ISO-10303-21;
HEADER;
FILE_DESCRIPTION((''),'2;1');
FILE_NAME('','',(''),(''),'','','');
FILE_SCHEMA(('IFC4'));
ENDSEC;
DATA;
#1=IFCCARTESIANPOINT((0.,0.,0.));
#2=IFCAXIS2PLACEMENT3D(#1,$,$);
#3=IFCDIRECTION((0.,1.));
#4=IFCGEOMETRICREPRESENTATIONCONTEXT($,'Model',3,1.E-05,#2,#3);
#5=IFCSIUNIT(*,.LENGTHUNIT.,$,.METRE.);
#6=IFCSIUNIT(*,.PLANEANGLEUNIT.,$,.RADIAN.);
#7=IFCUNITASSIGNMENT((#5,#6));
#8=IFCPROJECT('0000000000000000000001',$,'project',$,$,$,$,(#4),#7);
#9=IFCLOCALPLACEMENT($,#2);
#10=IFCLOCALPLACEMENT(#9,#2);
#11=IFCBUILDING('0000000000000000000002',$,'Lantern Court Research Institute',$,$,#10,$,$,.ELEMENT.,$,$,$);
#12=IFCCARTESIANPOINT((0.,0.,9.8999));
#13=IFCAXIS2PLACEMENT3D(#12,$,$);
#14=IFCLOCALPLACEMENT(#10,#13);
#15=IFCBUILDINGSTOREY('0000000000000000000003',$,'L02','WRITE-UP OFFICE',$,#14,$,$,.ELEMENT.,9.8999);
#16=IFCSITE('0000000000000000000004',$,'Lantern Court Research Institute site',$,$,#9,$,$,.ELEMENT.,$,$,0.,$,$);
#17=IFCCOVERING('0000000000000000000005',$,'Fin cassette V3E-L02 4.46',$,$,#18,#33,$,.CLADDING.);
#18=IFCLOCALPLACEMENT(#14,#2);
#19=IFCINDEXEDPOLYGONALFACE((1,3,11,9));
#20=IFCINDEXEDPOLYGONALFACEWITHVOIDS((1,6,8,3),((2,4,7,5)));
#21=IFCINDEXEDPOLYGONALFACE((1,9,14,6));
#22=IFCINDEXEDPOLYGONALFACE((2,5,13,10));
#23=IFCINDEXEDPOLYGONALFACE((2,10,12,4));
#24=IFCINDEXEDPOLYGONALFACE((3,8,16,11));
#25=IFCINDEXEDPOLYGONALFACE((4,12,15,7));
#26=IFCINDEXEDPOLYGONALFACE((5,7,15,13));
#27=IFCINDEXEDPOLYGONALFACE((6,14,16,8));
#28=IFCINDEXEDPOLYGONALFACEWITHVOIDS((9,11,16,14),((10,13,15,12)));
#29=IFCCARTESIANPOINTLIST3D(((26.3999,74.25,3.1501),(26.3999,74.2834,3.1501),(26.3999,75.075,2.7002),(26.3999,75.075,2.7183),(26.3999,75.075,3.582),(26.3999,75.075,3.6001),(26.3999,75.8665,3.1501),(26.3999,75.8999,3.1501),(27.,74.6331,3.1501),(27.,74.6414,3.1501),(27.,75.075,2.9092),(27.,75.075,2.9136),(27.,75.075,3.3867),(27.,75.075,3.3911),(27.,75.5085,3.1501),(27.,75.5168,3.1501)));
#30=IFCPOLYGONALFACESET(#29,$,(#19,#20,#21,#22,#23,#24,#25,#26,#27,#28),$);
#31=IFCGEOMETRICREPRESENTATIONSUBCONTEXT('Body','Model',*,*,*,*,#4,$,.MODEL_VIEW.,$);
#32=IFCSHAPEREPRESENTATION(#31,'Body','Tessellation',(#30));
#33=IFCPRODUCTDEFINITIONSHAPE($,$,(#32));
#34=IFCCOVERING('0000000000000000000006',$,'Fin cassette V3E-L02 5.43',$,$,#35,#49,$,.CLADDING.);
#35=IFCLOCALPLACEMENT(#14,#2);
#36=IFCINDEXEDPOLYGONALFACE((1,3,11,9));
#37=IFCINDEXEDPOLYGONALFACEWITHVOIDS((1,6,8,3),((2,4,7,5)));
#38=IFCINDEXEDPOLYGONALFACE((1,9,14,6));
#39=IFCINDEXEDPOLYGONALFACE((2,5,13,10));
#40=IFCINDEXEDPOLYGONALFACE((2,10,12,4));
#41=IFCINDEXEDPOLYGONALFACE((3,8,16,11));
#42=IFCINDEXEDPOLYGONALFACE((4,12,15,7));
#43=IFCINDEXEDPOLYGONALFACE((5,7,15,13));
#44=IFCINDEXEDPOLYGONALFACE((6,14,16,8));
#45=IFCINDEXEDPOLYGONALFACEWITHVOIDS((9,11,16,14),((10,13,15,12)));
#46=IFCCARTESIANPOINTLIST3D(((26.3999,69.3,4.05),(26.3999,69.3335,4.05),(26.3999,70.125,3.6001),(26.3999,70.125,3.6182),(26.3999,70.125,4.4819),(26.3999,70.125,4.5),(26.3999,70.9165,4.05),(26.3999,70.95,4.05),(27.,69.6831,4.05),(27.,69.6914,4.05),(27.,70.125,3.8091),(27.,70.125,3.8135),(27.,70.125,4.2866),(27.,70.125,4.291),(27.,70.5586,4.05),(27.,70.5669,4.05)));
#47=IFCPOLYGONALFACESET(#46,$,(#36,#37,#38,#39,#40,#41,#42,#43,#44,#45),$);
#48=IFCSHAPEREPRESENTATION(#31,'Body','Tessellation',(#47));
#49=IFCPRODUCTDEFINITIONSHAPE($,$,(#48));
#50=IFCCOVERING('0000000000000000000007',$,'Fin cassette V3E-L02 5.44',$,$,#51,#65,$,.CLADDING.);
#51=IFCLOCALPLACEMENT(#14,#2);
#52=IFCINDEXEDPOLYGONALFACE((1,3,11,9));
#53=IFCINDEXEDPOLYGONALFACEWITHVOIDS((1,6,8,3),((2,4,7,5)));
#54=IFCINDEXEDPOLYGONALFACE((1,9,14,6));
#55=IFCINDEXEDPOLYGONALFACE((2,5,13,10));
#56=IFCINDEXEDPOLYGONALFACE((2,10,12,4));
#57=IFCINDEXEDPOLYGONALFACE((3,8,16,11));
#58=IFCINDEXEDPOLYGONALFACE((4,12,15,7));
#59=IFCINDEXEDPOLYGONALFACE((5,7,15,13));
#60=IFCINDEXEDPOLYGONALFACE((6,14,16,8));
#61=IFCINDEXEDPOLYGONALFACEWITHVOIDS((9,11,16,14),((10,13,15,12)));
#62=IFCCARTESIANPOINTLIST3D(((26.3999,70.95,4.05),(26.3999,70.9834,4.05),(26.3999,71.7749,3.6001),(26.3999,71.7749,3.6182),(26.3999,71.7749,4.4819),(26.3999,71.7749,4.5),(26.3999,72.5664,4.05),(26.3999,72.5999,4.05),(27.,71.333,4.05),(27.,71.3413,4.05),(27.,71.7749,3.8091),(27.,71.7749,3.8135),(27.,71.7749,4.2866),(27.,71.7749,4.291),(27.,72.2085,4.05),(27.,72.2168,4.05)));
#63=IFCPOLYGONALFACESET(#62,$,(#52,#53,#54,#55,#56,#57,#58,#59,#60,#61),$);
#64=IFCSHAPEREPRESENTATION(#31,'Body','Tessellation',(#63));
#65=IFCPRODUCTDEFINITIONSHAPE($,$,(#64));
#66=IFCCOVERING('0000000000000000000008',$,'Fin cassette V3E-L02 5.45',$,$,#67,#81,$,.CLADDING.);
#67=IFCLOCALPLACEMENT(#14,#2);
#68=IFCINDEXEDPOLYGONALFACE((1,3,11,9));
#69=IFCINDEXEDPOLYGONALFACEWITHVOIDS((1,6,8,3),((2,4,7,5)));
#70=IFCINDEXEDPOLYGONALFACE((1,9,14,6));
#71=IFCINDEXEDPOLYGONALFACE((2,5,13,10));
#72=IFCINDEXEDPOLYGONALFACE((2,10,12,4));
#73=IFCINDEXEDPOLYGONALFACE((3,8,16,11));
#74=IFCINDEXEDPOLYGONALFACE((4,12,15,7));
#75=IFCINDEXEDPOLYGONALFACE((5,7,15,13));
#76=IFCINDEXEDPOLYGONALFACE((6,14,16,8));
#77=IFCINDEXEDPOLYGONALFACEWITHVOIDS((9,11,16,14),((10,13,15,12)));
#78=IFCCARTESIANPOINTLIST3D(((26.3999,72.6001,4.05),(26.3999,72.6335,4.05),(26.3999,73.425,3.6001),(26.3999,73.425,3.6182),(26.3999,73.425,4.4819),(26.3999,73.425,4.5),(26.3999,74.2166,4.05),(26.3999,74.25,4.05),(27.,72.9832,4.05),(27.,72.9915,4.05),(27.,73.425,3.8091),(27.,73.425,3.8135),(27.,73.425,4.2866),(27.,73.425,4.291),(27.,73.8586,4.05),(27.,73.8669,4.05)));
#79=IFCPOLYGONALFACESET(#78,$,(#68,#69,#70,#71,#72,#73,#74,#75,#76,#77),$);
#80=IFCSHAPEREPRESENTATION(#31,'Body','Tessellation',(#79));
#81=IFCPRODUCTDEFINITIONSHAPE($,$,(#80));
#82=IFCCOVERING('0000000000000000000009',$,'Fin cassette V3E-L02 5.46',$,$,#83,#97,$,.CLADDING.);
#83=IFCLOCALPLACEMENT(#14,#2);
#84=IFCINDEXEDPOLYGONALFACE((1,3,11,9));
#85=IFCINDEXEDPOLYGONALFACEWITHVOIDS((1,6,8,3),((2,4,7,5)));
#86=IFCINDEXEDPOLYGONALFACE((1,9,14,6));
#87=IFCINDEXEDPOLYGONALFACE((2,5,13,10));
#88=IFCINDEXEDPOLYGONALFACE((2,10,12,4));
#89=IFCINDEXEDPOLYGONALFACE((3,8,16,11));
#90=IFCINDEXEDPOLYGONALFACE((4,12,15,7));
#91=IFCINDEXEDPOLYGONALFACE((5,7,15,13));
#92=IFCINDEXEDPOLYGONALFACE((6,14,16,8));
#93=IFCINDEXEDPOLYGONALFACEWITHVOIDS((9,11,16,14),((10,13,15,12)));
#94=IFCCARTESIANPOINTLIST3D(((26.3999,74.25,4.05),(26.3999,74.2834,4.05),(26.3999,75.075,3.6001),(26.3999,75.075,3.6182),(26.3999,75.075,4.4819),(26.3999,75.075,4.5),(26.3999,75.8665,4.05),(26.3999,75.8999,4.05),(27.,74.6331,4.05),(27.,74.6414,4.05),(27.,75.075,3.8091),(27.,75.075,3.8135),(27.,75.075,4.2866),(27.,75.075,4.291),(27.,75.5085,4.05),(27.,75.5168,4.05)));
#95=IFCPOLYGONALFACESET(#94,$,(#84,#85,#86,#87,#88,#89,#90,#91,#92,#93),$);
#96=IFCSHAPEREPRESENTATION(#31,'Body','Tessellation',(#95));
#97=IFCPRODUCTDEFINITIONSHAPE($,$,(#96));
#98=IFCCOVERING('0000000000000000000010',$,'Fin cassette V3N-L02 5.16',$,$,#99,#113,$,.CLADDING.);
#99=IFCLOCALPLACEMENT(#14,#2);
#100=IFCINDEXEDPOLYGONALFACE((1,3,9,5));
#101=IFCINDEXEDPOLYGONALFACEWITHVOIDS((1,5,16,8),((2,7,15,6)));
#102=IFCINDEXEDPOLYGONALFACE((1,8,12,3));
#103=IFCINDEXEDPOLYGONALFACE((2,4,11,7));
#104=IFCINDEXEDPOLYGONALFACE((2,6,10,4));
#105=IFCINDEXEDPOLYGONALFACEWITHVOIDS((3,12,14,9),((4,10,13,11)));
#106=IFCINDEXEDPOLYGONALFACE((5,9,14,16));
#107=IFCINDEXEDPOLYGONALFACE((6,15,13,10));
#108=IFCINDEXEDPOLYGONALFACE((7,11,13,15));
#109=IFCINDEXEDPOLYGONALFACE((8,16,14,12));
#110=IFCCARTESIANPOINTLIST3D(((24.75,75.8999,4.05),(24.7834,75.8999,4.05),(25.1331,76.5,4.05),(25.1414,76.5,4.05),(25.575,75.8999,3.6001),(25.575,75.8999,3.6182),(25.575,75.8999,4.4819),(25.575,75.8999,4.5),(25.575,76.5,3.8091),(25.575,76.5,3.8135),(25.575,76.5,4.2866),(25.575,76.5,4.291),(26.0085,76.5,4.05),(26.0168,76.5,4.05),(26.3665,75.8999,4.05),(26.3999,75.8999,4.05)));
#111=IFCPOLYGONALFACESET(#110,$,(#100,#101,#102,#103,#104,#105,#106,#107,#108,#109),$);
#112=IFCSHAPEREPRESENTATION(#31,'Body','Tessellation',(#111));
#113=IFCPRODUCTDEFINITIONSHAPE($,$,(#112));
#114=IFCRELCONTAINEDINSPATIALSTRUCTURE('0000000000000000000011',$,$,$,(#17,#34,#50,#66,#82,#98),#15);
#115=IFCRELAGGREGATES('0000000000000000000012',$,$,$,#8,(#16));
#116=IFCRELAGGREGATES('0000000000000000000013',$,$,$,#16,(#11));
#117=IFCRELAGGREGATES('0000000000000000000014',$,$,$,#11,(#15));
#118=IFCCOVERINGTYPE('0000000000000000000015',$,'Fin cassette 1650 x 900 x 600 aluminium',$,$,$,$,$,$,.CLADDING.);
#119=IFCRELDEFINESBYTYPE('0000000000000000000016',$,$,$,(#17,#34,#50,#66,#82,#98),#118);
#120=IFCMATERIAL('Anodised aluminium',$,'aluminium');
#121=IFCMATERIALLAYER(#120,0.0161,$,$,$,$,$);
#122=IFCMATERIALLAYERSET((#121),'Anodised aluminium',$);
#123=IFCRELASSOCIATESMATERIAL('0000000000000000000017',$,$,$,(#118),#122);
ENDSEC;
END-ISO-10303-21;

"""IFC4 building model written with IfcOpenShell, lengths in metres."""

from ifc_helpers import new_model, entity, si_unit, direction, frame, origin, place, context, subcontext, project, spatial, material, layer, layer_set, type_object, element, save


model = new_model("IFC4")

# Units and contexts
model_context = context("Model", 3, precision=1e-05, world=origin(), true_north=direction((0.0, 1.0)))
body_context = subcontext(model_context, "Body", "Model", "MODEL_VIEW")
ifc_project = project(units=[si_unit("LENGTHUNIT", "METRE"), si_unit("PLANEANGLEUNIT", "RADIAN")], contexts=[model_context])

# Site, building, storey
site_placement = place(None, origin())
site = spatial("IfcSite", under=ifc_project, at=site_placement, Name="Lantern Court Research Institute site", CompositionType="ELEMENT", RefElevation=0.0)
building_placement = place(site_placement, origin())
building = spatial("IfcBuilding", under=site, at=building_placement, Name="Lantern Court Research Institute", CompositionType="ELEMENT")
storey_placement = place(building_placement, frame((0.0, 0.0, 9.8999)))
storey = spatial("IfcBuildingStorey", under=building, at=storey_placement, Name="L02", Description="WRITE-UP OFFICE", CompositionType="ELEMENT", Elevation=9.8999)

# Coverings
ifc_material_1 = material(Name="Anodised aluminium", Category="aluminium")
ifc_layer_1 = layer(ifc_material_1, 0.0161)
ifc_layer_set_1 = layer_set([ifc_layer_1], Name="Anodised aluminium")
covering_type = type_object("IfcCoveringType", Name="Fin cassette 1650 x 900 x 600 aluminium", PredefinedType="CLADDING", material=ifc_layer_set_1)
covering_1_placement = place(storey_placement, frame((26.3999, 75.075, 3.1501), z_axis=(1.0, 0.0, 0.0), x_axis=(0.0, 1.0, 0.0)))
cartesian_point_1 = entity("IfcCartesianPoint", [0.825, 0.0])
cartesian_point_2 = entity("IfcCartesianPoint", [0.7915, 0.0])
cartesian_point_3 = entity("IfcCartesianPoint", [0.4419, 0.0])
cartesian_point_4 = entity("IfcCartesianPoint", [0.4336, 0.0])
element("IfcCovering", 1, at=covering_1_placement, inside=storey, type_object=covering_type, Name="Fin cassette V3E-L02 4.46", PredefinedType="CLADDING", context=body_context, shape_type="SweptSolid", body=[
    entity("IfcExtrudedAreaSolidTapered", entity("IfcArbitraryProfileDefWithVoids", "AREA", None, entity("IfcPolyline", [cartesian_point_1, entity("IfcCartesianPoint", [0.0, 0.45]), entity("IfcCartesianPoint", [-0.825, 0.0]), entity("IfcCartesianPoint", [0.0, -0.45]), cartesian_point_1]), [entity("IfcPolyline", [cartesian_point_2, entity("IfcCartesianPoint", [0.0, 0.4319]), entity("IfcCartesianPoint", [-0.7915, 0.0]), entity("IfcCartesianPoint", [0.0, -0.4319]), cartesian_point_2])]), entity("IfcAxis2Placement3D", entity("IfcCartesianPoint", [0.0, 0.0, 0.0])), entity("IfcDirection", [0.0, 0.0, 1.0]), 0.6001, entity("IfcArbitraryProfileDefWithVoids", "AREA", None, entity("IfcPolyline", [cartesian_point_3, entity("IfcCartesianPoint", [0.0, 0.241]), entity("IfcCartesianPoint", [-0.4419, 0.0]), entity("IfcCartesianPoint", [0.0, -0.241]), cartesian_point_3]), [entity("IfcPolyline", [cartesian_point_4, entity("IfcCartesianPoint", [0.0, 0.2366]), entity("IfcCartesianPoint", [-0.4336, 0.0]), entity("IfcCartesianPoint", [0.0, -0.2366]), cartesian_point_4])])),
])
covering_2_placement = place(storey_placement, frame((26.3999, 70.125, 4.05), z_axis=(1.0, 0.0, 0.0), x_axis=(0.0, 1.0, 0.0)))
cartesian_point_5 = entity("IfcCartesianPoint", [0.825, 0.0])
cartesian_point_6 = entity("IfcCartesianPoint", [0.7915, 0.0])
cartesian_point_7 = entity("IfcCartesianPoint", [0.4419, 0.0])
cartesian_point_8 = entity("IfcCartesianPoint", [0.4336, 0.0])
element("IfcCovering", 2, at=covering_2_placement, inside=storey, type_object=covering_type, Name="Fin cassette V3E-L02 5.43", PredefinedType="CLADDING", context=body_context, shape_type="SweptSolid", body=[
    entity("IfcExtrudedAreaSolidTapered", entity("IfcArbitraryProfileDefWithVoids", "AREA", None, entity("IfcPolyline", [cartesian_point_5, entity("IfcCartesianPoint", [0.0, 0.45]), entity("IfcCartesianPoint", [-0.825, 0.0]), entity("IfcCartesianPoint", [0.0, -0.45]), cartesian_point_5]), [entity("IfcPolyline", [cartesian_point_6, entity("IfcCartesianPoint", [0.0, 0.4319]), entity("IfcCartesianPoint", [-0.7915, 0.0]), entity("IfcCartesianPoint", [0.0, -0.4319]), cartesian_point_6])]), entity("IfcAxis2Placement3D", entity("IfcCartesianPoint", [0.0, 0.0, 0.0])), entity("IfcDirection", [0.0, 0.0, 1.0]), 0.6001, entity("IfcArbitraryProfileDefWithVoids", "AREA", None, entity("IfcPolyline", [cartesian_point_7, entity("IfcCartesianPoint", [0.0, 0.241]), entity("IfcCartesianPoint", [-0.4419, 0.0]), entity("IfcCartesianPoint", [0.0, -0.241]), cartesian_point_7]), [entity("IfcPolyline", [cartesian_point_8, entity("IfcCartesianPoint", [0.0, 0.2366]), entity("IfcCartesianPoint", [-0.4336, 0.0]), entity("IfcCartesianPoint", [0.0, -0.2366]), cartesian_point_8])])),
])
covering_3_placement = place(storey_placement, frame((26.3999, 71.7749, 4.05), z_axis=(1.0, 0.0, 0.0), x_axis=(0.0, 1.0, 0.0)))
cartesian_point_9 = entity("IfcCartesianPoint", [0.825, 0.0])
cartesian_point_10 = entity("IfcCartesianPoint", [0.7915, 0.0])
cartesian_point_11 = entity("IfcCartesianPoint", [0.4419, 0.0])
cartesian_point_12 = entity("IfcCartesianPoint", [0.4336, 0.0])
element("IfcCovering", 3, at=covering_3_placement, inside=storey, type_object=covering_type, Name="Fin cassette V3E-L02 5.44", PredefinedType="CLADDING", context=body_context, shape_type="SweptSolid", body=[
    entity("IfcExtrudedAreaSolidTapered", entity("IfcArbitraryProfileDefWithVoids", "AREA", None, entity("IfcPolyline", [cartesian_point_9, entity("IfcCartesianPoint", [0.0, 0.45]), entity("IfcCartesianPoint", [-0.825, 0.0]), entity("IfcCartesianPoint", [0.0, -0.45]), cartesian_point_9]), [entity("IfcPolyline", [cartesian_point_10, entity("IfcCartesianPoint", [0.0, 0.4319]), entity("IfcCartesianPoint", [-0.7915, 0.0]), entity("IfcCartesianPoint", [0.0, -0.4319]), cartesian_point_10])]), entity("IfcAxis2Placement3D", entity("IfcCartesianPoint", [0.0, 0.0, 0.0])), entity("IfcDirection", [0.0, 0.0, 1.0]), 0.6001, entity("IfcArbitraryProfileDefWithVoids", "AREA", None, entity("IfcPolyline", [cartesian_point_11, entity("IfcCartesianPoint", [0.0, 0.241]), entity("IfcCartesianPoint", [-0.4419, 0.0]), entity("IfcCartesianPoint", [0.0, -0.241]), cartesian_point_11]), [entity("IfcPolyline", [cartesian_point_12, entity("IfcCartesianPoint", [0.0, 0.2366]), entity("IfcCartesianPoint", [-0.4336, 0.0]), entity("IfcCartesianPoint", [0.0, -0.2366]), cartesian_point_12])])),
])
covering_4_placement = place(storey_placement, frame((26.3999, 73.425, 4.05), z_axis=(1.0, 0.0, 0.0), x_axis=(0.0, 1.0, 0.0)))
cartesian_point_13 = entity("IfcCartesianPoint", [0.825, 0.0])
cartesian_point_14 = entity("IfcCartesianPoint", [0.7915, 0.0])
cartesian_point_15 = entity("IfcCartesianPoint", [0.4419, 0.0])
cartesian_point_16 = entity("IfcCartesianPoint", [0.4336, 0.0])
element("IfcCovering", 4, at=covering_4_placement, inside=storey, type_object=covering_type, Name="Fin cassette V3E-L02 5.45", PredefinedType="CLADDING", context=body_context, shape_type="SweptSolid", body=[
    entity("IfcExtrudedAreaSolidTapered", entity("IfcArbitraryProfileDefWithVoids", "AREA", None, entity("IfcPolyline", [cartesian_point_13, entity("IfcCartesianPoint", [0.0, 0.45]), entity("IfcCartesianPoint", [-0.825, 0.0]), entity("IfcCartesianPoint", [0.0, -0.45]), cartesian_point_13]), [entity("IfcPolyline", [cartesian_point_14, entity("IfcCartesianPoint", [0.0, 0.4319]), entity("IfcCartesianPoint", [-0.7915, 0.0]), entity("IfcCartesianPoint", [0.0, -0.4319]), cartesian_point_14])]), entity("IfcAxis2Placement3D", entity("IfcCartesianPoint", [0.0, 0.0, 0.0])), entity("IfcDirection", [0.0, 0.0, 1.0]), 0.6001, entity("IfcArbitraryProfileDefWithVoids", "AREA", None, entity("IfcPolyline", [cartesian_point_15, entity("IfcCartesianPoint", [0.0, 0.241]), entity("IfcCartesianPoint", [-0.4419, 0.0]), entity("IfcCartesianPoint", [0.0, -0.241]), cartesian_point_15]), [entity("IfcPolyline", [cartesian_point_16, entity("IfcCartesianPoint", [0.0, 0.2366]), entity("IfcCartesianPoint", [-0.4336, 0.0]), entity("IfcCartesianPoint", [0.0, -0.2366]), cartesian_point_16])])),
])
covering_5_placement = place(storey_placement, frame((26.3999, 75.075, 4.05), z_axis=(1.0, 0.0, 0.0), x_axis=(0.0, 1.0, 0.0)))
cartesian_point_17 = entity("IfcCartesianPoint", [0.825, 0.0])
cartesian_point_18 = entity("IfcCartesianPoint", [0.7915, 0.0])
cartesian_point_19 = entity("IfcCartesianPoint", [0.4419, 0.0])
cartesian_point_20 = entity("IfcCartesianPoint", [0.4336, 0.0])
element("IfcCovering", 5, at=covering_5_placement, inside=storey, type_object=covering_type, Name="Fin cassette V3E-L02 5.46", PredefinedType="CLADDING", context=body_context, shape_type="SweptSolid", body=[
    entity("IfcExtrudedAreaSolidTapered", entity("IfcArbitraryProfileDefWithVoids", "AREA", None, entity("IfcPolyline", [cartesian_point_17, entity("IfcCartesianPoint", [0.0, 0.45]), entity("IfcCartesianPoint", [-0.825, 0.0]), entity("IfcCartesianPoint", [0.0, -0.45]), cartesian_point_17]), [entity("IfcPolyline", [cartesian_point_18, entity("IfcCartesianPoint", [0.0, 0.4319]), entity("IfcCartesianPoint", [-0.7915, 0.0]), entity("IfcCartesianPoint", [0.0, -0.4319]), cartesian_point_18])]), entity("IfcAxis2Placement3D", entity("IfcCartesianPoint", [0.0, 0.0, 0.0])), entity("IfcDirection", [0.0, 0.0, 1.0]), 0.6001, entity("IfcArbitraryProfileDefWithVoids", "AREA", None, entity("IfcPolyline", [cartesian_point_19, entity("IfcCartesianPoint", [0.0, 0.241]), entity("IfcCartesianPoint", [-0.4419, 0.0]), entity("IfcCartesianPoint", [0.0, -0.241]), cartesian_point_19]), [entity("IfcPolyline", [cartesian_point_20, entity("IfcCartesianPoint", [0.0, 0.2366]), entity("IfcCartesianPoint", [-0.4336, 0.0]), entity("IfcCartesianPoint", [0.0, -0.2366]), cartesian_point_20])])),
])
covering_6_placement = place(storey_placement, frame((25.575, 75.8999, 4.05), z_axis=(0.0, 1.0, 0.0), x_axis=(-1.0, 0.0, 0.0)))
cartesian_point_21 = entity("IfcCartesianPoint", [0.825, 0.0])
cartesian_point_22 = entity("IfcCartesianPoint", [0.7915, 0.0])
cartesian_point_23 = entity("IfcCartesianPoint", [0.4419, 0.0])
cartesian_point_24 = entity("IfcCartesianPoint", [0.4336, 0.0])
element("IfcCovering", 6, at=covering_6_placement, inside=storey, type_object=covering_type, Name="Fin cassette V3N-L02 5.16", PredefinedType="CLADDING", context=body_context, shape_type="SweptSolid", body=[
    entity("IfcExtrudedAreaSolidTapered", entity("IfcArbitraryProfileDefWithVoids", "AREA", None, entity("IfcPolyline", [cartesian_point_21, entity("IfcCartesianPoint", [0.0, 0.45]), entity("IfcCartesianPoint", [-0.825, 0.0]), entity("IfcCartesianPoint", [0.0, -0.45]), cartesian_point_21]), [entity("IfcPolyline", [cartesian_point_22, entity("IfcCartesianPoint", [0.0, 0.4319]), entity("IfcCartesianPoint", [-0.7915, 0.0]), entity("IfcCartesianPoint", [0.0, -0.4319]), cartesian_point_22])]), entity("IfcAxis2Placement3D", entity("IfcCartesianPoint", [0.0, 0.0, 0.0])), entity("IfcDirection", [0.0, 0.0, 1.0]), 0.6001, entity("IfcArbitraryProfileDefWithVoids", "AREA", None, entity("IfcPolyline", [cartesian_point_23, entity("IfcCartesianPoint", [0.0, 0.241]), entity("IfcCartesianPoint", [-0.4419, 0.0]), entity("IfcCartesianPoint", [0.0, -0.241]), cartesian_point_23]), [entity("IfcPolyline", [cartesian_point_24, entity("IfcCartesianPoint", [0.0, 0.2366]), entity("IfcCartesianPoint", [-0.4336, 0.0]), entity("IfcCartesianPoint", [0.0, -0.2366]), cartesian_point_24])])),
])

save(model, "model.ifc")
